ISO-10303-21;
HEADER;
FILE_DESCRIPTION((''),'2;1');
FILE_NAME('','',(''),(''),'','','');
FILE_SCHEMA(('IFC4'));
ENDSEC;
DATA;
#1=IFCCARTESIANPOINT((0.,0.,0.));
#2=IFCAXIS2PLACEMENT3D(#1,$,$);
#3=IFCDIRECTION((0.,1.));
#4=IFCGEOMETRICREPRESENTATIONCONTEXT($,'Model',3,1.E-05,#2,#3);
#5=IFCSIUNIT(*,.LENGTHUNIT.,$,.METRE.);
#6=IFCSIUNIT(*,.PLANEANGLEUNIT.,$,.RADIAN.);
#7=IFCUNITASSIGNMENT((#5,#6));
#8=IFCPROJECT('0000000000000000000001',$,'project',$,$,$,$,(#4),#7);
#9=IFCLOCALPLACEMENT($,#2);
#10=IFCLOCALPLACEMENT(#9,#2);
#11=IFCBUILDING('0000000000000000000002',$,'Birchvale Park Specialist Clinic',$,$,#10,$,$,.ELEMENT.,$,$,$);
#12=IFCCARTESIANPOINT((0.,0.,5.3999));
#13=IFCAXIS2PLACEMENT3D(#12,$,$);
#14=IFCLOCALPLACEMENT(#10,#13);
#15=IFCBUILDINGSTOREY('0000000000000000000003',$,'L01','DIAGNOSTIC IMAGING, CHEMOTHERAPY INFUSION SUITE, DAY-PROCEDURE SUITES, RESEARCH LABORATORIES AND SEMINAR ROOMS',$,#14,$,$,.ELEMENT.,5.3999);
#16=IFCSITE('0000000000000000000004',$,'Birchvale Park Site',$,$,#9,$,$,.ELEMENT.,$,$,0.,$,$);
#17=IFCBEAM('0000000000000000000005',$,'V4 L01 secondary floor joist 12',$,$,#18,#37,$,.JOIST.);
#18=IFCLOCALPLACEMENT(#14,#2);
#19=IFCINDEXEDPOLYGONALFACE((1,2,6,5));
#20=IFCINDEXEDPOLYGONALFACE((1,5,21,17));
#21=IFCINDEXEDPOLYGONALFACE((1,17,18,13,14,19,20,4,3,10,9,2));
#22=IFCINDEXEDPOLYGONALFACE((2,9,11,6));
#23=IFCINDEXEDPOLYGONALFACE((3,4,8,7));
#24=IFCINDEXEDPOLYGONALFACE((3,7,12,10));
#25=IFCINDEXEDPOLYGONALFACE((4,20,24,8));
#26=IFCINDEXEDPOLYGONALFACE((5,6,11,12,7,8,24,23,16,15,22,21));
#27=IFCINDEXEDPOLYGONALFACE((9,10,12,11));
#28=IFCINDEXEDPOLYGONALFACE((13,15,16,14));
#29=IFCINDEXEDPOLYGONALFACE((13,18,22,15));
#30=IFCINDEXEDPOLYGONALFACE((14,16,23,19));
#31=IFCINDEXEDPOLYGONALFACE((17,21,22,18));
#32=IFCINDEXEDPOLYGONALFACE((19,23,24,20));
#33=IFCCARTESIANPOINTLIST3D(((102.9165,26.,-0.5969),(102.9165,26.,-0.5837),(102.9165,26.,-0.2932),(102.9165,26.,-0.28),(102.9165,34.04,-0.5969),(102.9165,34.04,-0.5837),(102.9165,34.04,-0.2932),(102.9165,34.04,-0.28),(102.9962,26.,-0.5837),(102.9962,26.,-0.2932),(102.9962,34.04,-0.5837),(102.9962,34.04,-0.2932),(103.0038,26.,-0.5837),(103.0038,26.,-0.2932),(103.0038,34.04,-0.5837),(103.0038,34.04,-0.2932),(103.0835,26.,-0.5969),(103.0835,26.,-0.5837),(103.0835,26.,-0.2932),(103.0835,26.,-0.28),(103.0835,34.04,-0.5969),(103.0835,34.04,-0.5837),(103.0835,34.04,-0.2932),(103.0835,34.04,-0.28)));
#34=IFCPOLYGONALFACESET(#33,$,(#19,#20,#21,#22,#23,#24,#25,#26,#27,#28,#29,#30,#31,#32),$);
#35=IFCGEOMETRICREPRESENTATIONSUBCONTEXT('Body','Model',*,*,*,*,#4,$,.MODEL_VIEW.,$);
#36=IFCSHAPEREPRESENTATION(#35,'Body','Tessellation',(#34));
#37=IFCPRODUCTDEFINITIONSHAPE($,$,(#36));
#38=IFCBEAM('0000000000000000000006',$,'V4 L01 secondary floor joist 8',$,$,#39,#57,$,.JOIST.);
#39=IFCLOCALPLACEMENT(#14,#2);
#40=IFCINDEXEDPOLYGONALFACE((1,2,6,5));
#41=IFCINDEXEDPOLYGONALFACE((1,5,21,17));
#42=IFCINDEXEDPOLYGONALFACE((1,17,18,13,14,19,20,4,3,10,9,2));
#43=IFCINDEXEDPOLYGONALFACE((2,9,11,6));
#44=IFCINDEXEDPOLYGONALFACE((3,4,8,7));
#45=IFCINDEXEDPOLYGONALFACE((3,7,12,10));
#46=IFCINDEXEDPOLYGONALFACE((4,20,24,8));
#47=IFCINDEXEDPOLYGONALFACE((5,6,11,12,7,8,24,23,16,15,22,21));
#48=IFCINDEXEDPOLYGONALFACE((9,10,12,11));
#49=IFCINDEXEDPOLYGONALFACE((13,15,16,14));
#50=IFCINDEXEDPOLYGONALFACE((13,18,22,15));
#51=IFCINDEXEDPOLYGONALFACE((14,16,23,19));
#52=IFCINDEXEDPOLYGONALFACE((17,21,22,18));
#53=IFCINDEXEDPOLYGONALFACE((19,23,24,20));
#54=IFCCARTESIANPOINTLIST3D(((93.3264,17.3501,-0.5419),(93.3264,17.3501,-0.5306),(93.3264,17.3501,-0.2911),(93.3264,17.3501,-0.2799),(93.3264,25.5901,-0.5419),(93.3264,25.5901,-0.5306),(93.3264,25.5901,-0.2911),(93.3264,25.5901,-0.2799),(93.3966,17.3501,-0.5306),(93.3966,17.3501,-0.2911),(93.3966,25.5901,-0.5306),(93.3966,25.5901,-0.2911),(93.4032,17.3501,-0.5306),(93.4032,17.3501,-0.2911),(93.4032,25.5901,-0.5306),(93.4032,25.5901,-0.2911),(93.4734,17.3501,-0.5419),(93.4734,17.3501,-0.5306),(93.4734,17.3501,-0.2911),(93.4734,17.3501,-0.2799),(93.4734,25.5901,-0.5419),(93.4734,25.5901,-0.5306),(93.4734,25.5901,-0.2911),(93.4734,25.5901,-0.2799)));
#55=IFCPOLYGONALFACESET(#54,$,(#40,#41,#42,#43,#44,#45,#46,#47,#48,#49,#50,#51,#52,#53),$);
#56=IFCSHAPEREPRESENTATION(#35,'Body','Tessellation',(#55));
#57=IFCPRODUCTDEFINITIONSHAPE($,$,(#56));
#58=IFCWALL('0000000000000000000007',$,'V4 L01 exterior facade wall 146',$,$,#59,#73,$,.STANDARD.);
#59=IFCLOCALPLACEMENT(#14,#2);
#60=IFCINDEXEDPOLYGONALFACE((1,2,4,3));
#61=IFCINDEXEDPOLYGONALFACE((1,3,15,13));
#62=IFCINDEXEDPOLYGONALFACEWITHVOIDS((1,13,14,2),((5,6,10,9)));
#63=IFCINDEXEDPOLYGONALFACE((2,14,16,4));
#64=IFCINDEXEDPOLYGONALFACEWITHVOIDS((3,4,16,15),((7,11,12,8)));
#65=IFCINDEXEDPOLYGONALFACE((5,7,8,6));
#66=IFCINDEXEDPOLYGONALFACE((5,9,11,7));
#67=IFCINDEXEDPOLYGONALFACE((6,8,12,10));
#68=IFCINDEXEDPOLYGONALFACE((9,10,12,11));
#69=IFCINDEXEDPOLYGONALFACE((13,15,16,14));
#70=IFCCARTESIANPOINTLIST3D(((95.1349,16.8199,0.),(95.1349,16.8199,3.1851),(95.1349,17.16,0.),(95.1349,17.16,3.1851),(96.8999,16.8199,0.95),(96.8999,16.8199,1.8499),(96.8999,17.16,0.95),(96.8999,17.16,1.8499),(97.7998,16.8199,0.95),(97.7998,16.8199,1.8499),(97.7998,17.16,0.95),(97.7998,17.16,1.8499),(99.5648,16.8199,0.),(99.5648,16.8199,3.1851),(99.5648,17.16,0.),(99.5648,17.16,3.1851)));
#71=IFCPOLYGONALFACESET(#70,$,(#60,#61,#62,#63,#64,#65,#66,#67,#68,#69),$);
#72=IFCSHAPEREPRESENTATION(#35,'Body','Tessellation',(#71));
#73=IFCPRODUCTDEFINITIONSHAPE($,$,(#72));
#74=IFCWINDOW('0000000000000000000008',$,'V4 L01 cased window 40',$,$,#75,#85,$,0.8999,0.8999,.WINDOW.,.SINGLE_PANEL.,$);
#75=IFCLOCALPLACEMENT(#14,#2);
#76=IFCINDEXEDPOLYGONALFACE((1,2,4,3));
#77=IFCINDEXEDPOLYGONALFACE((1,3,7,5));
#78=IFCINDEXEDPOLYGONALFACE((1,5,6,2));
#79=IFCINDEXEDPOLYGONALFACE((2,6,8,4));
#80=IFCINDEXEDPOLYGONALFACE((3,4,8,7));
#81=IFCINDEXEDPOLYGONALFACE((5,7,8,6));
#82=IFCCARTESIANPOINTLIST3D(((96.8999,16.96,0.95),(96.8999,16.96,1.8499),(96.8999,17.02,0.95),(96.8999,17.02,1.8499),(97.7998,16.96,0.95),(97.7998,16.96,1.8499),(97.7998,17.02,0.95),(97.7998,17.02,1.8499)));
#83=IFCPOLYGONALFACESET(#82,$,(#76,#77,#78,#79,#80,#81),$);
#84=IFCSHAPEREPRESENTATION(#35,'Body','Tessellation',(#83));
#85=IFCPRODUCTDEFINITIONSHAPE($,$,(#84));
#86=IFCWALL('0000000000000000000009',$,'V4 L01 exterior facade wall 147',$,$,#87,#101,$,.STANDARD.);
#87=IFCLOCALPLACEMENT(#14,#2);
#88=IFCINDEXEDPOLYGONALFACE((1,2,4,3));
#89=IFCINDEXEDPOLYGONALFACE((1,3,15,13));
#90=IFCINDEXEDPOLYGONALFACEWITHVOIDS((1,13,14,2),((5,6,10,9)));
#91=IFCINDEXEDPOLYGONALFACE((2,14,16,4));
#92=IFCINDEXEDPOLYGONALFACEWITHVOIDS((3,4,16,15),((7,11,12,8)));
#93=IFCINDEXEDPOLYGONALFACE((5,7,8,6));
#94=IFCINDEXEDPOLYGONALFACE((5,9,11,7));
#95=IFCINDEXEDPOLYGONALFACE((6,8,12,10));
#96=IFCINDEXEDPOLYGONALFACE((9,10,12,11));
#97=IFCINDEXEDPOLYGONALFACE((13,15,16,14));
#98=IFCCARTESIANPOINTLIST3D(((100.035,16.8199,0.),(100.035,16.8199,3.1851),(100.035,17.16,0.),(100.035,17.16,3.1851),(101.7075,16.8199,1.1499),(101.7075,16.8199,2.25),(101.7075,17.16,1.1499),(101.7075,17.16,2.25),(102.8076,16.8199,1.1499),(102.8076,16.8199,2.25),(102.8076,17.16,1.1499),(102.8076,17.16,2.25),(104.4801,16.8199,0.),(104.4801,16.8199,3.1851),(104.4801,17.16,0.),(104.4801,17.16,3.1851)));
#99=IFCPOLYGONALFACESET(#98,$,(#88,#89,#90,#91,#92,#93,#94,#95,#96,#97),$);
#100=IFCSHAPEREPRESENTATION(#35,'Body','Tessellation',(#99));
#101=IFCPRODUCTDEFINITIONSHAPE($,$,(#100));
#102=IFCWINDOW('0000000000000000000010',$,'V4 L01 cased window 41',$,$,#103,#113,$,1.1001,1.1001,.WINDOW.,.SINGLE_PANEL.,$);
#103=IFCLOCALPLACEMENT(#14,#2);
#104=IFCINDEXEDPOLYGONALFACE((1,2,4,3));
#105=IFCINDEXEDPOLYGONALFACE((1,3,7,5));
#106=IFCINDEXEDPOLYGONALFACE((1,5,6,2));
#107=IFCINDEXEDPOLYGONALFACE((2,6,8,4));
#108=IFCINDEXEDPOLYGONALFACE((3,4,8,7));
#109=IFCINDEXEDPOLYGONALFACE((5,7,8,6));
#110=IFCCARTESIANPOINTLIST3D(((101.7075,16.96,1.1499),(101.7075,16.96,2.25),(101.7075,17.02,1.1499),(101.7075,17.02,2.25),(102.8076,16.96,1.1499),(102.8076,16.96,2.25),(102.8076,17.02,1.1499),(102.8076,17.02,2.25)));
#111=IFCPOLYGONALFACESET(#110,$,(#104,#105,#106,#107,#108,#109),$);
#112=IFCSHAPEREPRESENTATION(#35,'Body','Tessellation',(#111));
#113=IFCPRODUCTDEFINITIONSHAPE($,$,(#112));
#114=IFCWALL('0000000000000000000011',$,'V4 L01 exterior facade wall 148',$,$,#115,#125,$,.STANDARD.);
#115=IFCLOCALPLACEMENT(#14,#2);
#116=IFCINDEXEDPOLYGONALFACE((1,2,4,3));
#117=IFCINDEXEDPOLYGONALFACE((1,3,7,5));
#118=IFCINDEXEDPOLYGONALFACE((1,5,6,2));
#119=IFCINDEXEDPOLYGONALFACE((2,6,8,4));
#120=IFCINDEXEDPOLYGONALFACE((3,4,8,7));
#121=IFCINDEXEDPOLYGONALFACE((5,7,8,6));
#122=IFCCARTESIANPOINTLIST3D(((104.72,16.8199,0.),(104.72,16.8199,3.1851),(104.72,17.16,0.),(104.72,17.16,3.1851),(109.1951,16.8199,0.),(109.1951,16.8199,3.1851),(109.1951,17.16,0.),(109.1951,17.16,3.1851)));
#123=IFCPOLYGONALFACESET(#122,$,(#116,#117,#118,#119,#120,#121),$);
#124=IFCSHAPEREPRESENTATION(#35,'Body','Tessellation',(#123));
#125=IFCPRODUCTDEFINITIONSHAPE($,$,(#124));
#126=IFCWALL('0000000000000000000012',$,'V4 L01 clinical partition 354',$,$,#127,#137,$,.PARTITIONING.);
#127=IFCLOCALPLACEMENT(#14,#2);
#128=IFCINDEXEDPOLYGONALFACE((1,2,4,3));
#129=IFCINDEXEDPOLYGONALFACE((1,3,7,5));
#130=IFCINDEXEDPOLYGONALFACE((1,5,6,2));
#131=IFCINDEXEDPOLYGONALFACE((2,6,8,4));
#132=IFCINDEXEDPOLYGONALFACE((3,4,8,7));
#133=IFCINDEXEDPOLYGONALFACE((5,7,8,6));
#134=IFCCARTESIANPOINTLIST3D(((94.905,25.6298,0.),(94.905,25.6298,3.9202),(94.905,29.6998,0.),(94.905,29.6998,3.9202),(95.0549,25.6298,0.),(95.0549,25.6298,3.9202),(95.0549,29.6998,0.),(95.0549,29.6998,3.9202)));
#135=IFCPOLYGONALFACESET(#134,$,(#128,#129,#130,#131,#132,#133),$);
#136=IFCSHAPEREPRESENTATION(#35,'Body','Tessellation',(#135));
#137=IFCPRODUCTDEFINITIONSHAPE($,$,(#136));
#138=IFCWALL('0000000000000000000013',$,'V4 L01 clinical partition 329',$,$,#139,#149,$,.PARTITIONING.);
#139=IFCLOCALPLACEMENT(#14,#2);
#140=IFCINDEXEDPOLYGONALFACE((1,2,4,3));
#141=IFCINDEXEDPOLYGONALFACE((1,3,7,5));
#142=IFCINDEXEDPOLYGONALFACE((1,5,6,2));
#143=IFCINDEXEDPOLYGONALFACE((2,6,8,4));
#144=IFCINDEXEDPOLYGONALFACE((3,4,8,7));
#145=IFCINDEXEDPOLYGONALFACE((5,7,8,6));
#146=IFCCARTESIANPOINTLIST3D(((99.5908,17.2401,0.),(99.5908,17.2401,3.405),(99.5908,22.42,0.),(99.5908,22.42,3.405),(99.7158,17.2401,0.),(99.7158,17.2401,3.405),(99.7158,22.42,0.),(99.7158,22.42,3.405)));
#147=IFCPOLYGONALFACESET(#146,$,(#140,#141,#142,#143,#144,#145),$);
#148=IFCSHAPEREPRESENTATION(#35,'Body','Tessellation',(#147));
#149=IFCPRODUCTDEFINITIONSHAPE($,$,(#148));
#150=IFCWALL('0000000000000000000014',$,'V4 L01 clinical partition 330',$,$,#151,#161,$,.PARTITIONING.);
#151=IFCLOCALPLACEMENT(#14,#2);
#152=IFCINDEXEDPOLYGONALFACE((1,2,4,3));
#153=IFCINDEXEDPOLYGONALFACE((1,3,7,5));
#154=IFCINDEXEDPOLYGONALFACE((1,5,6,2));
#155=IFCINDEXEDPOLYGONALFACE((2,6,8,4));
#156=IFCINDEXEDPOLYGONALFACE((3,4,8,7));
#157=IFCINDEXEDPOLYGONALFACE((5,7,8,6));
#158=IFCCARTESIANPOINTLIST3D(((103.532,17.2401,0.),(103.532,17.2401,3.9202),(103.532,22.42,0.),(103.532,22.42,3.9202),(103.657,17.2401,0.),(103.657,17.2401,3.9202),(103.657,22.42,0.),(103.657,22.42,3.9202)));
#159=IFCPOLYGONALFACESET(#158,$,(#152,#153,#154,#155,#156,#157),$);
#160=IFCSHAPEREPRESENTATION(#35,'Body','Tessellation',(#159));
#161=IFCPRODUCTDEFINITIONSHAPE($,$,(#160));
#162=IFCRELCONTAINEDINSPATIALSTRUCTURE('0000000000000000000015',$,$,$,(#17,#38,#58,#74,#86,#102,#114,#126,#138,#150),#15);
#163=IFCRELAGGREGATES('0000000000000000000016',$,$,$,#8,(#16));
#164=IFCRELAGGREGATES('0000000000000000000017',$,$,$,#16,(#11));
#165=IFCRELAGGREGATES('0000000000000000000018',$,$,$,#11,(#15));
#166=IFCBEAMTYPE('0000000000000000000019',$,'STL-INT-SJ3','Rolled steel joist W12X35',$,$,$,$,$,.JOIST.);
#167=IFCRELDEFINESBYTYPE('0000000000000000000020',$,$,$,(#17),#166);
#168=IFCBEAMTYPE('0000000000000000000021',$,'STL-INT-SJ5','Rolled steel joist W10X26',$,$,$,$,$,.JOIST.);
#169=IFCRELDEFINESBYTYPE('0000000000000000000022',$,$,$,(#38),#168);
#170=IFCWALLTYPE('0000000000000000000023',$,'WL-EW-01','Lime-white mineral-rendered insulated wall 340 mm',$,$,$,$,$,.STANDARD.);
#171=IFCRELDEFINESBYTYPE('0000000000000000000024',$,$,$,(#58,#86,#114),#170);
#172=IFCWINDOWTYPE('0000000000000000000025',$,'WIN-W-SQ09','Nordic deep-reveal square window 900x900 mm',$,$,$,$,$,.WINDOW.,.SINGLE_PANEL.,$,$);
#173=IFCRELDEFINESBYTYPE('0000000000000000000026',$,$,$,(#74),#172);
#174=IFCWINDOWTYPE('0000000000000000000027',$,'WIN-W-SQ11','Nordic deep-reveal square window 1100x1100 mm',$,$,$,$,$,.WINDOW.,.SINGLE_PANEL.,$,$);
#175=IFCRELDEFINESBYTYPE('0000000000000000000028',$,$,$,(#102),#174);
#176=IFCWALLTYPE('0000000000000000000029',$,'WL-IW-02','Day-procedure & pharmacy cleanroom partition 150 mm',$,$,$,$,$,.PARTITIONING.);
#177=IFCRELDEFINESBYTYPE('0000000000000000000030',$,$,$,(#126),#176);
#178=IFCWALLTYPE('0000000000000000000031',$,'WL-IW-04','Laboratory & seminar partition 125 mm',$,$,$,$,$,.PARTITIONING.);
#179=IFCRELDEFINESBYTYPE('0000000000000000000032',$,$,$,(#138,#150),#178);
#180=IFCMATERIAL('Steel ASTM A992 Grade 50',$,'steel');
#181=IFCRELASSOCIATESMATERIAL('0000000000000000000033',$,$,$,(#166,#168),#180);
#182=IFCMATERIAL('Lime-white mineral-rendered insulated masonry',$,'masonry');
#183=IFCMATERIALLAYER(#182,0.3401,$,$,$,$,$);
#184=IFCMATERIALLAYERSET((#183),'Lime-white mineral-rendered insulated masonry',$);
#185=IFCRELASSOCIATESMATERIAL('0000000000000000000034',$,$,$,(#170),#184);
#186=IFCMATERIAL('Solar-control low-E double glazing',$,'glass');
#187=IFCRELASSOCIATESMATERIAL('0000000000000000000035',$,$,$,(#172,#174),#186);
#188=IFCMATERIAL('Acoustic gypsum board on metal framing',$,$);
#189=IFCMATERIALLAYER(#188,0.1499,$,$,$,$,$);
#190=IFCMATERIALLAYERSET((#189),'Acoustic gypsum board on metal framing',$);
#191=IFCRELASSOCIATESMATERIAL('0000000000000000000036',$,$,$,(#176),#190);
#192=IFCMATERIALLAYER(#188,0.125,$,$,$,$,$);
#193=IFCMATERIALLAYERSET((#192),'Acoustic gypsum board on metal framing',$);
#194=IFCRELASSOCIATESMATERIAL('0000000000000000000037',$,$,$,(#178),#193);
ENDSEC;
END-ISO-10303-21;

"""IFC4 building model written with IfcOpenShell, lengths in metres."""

from ifc_helpers import new_model, si_unit, direction, frame, frame_2d, origin, origin_2d, place, context, subcontext, project, spatial, rectangle, i_section, extrude, material, layer, layer_set, material_profile, profile_set, type_object, element, fill, save


model = new_model("IFC4")

# Units and contexts
model_context = context("Model", 3, precision=1e-05, world=origin(), true_north=direction((0.0, 1.0)))
body_context = subcontext(model_context, "Body", "Model", "MODEL_VIEW")
ifc_project = project(units=[si_unit("LENGTHUNIT", "METRE"), si_unit("PLANEANGLEUNIT", "RADIAN")], contexts=[model_context])

# Site, building, storey
site_placement = place(None, origin())
site = spatial("IfcSite", under=ifc_project, at=site_placement, Name="Birchvale Park Site", CompositionType="ELEMENT", RefElevation=0.0)
building_placement = place(site_placement, origin())
building = spatial("IfcBuilding", under=site, at=building_placement, Name="Birchvale Park Specialist Clinic", CompositionType="ELEMENT")
storey_placement = place(building_placement, frame((0.0, 0.0, 5.3999)))
storey = spatial("IfcBuildingStorey", under=building, at=storey_placement, Name="L01", Description="DIAGNOSTIC IMAGING, CHEMOTHERAPY INFUSION SUITE, DAY-PROCEDURE SUITES, RESEARCH LABORATORIES AND SEMINAR ROOMS", CompositionType="ELEMENT", Elevation=5.3999)

# Beams
ifc_material_1 = material(Name="Steel ASTM A992 Grade 50", Category="steel")
ifc_material_profile_1 = material_profile(ifc_material_1, i_section(OverallWidth=0.167, OverallDepth=0.3169, WebThickness=0.0076, FlangeThickness=0.0132, at=origin_2d()), Name="W12X35")
ifc_profile_set_1 = profile_set([ifc_material_profile_1], Name="Steel ASTM A992 Grade 50")
beam_type_1 = type_object("IfcBeamType", Name="STL-INT-SJ3", Description="Rolled steel joist W12X35", PredefinedType="JOIST", material=ifc_profile_set_1)
beam_1_placement = place(storey_placement, frame((103.0, 26.0, -0.4385), z_axis=(0.0, 1.0, 0.0), x_axis=(-1.0, 0.0, 0.0)))
element("IfcBeam", 1, at=beam_1_placement, inside=storey, type_object=beam_type_1, Name="V4 L01 secondary floor joist 12", PredefinedType="JOIST", context=body_context, shape_type="SweptSolid", body=[
    extrude(i_section(OverallWidth=0.167, OverallDepth=0.3169, WebThickness=0.0076, FlangeThickness=0.0132, at=origin_2d()), origin(), (0.0, 0.0, 1.0), 8.04),
])
ifc_material_profile_2 = material_profile(ifc_material_1, i_section(OverallWidth=0.147, OverallDepth=0.262, WebThickness=0.0066, FlangeThickness=0.0112, at=origin_2d()), Name="W10X26")
ifc_profile_set_2 = profile_set([ifc_material_profile_2], Name="Steel ASTM A992 Grade 50")
beam_type_2 = type_object("IfcBeamType", Name="STL-INT-SJ5", Description="Rolled steel joist W10X26", PredefinedType="JOIST", material=ifc_profile_set_2)
beam_2_placement = place(storey_placement, frame((93.3999, 17.3501, -0.4109), z_axis=(0.0, 1.0, 0.0), x_axis=(-1.0, 0.0, 0.0)))
element("IfcBeam", 2, at=beam_2_placement, inside=storey, type_object=beam_type_2, Name="V4 L01 secondary floor joist 8", PredefinedType="JOIST", context=body_context, shape_type="SweptSolid", body=[
    extrude(i_section(OverallWidth=0.147, OverallDepth=0.262, WebThickness=0.0066, FlangeThickness=0.0112, at=origin_2d()), origin(), (0.0, 0.0, 1.0), 8.24),
])

# Walls, openings, windows
ifc_material_2 = material(Name="Lime-white mineral-rendered insulated masonry", Category="masonry")
ifc_layer_1 = layer(ifc_material_2, 0.3401)
ifc_layer_set_1 = layer_set([ifc_layer_1], Name="Lime-white mineral-rendered insulated masonry")
wall_type_1 = type_object("IfcWallType", Name="WL-EW-01", Description="Lime-white mineral-rendered insulated wall 340 mm", PredefinedType="STANDARD", material=ifc_layer_set_1)
wall_1_placement = place(storey_placement, frame((95.135, 16.99, 0.0), z_axis=(0.0, 0.0, 1.0), x_axis=(1.0, 0.0, 0.0)))
wall_1 = element("IfcWall", 3, at=wall_1_placement, inside=storey, type_object=wall_type_1, Name="V4 L01 exterior facade wall 146", PredefinedType="STANDARD", context=body_context, shape_type="SweptSolid", body=[
    extrude(rectangle(XDim=4.4299, YDim=0.3401, at=frame_2d((2.2148, 0.0))), origin(), (0.0, 0.0, 1.0), 3.1851),
])
opening_1_placement = place(wall_1_placement, frame((1.7649, 0.0, 0.95)))
opening_1 = element("IfcOpeningElement", 4, at=opening_1_placement, cuts=wall_1, PredefinedType="OPENING", context=body_context, shape_type="SweptSolid", body=[
    extrude(rectangle(XDim=0.8999, YDim=0.8999, at=frame_2d((0.45, 0.45))), frame((0.0, 0.1802, 0.0), z_axis=(0.0, -1.0, 0.0), x_axis=(1.0, 0.0, 0.0)), (0.0, 0.0, 1.0), 0.3601),
])
ifc_material_3 = material(Name="Solar-control low-E double glazing", Category="glass")
window_type_1 = type_object("IfcWindowType", Name="WIN-W-SQ09", Description="Nordic deep-reveal square window 900x900 mm", PartitioningType="SINGLE_PANEL", PredefinedType="WINDOW", material=ifc_material_3)
window_1_placement = place(opening_1_placement, origin())
window_1 = element("IfcWindow", 5, at=window_1_placement, inside=storey, type_object=window_type_1, Name="V4 L01 cased window 40", OverallHeight=0.8999, OverallWidth=0.8999, PartitioningType="SINGLE_PANEL", PredefinedType="WINDOW", context=body_context, shape_type="SweptSolid", body=[
    extrude(rectangle(XDim=0.8999, YDim=0.8999, at=frame_2d((0.45, 0.45))), frame((0.0, 0.03, 0.0), z_axis=(0.0, -1.0, 0.0), x_axis=(1.0, 0.0, 0.0)), (0.0, 0.0, 1.0), 0.0601),
])
fill(opening_1, window_1)
wall_2_placement = place(storey_placement, frame((100.0349, 16.99, 0.0), z_axis=(0.0, 0.0, 1.0), x_axis=(1.0, 0.0, 0.0)))
wall_2 = element("IfcWall", 6, at=wall_2_placement, inside=storey, type_object=wall_type_1, Name="V4 L01 exterior facade wall 147", PredefinedType="STANDARD", context=body_context, shape_type="SweptSolid", body=[
    extrude(rectangle(XDim=4.4451, YDim=0.3401, at=frame_2d((2.2227, 0.0))), origin(), (0.0, 0.0, 1.0), 3.1851),
])
opening_2_placement = place(wall_2_placement, frame((1.6726, 0.0, 1.1499)))
opening_2 = element("IfcOpeningElement", 7, at=opening_2_placement, cuts=wall_2, PredefinedType="OPENING", context=body_context, shape_type="SweptSolid", body=[
    extrude(rectangle(XDim=1.1001, YDim=1.1001, at=frame_2d((0.55, 0.55))), frame((0.0, 0.1802, 0.0), z_axis=(0.0, -1.0, 0.0), x_axis=(1.0, 0.0, 0.0)), (0.0, 0.0, 1.0), 0.3601),
])
window_type_2 = type_object("IfcWindowType", Name="WIN-W-SQ11", Description="Nordic deep-reveal square window 1100x1100 mm", PartitioningType="SINGLE_PANEL", PredefinedType="WINDOW", material=ifc_material_3)
window_2_placement = place(opening_2_placement, origin())
window_2 = element("IfcWindow", 8, at=window_2_placement, inside=storey, type_object=window_type_2, Name="V4 L01 cased window 41", OverallHeight=1.1001, OverallWidth=1.1001, PartitioningType="SINGLE_PANEL", PredefinedType="WINDOW", context=body_context, shape_type="SweptSolid", body=[
    extrude(rectangle(XDim=1.1001, YDim=1.1001, at=frame_2d((0.55, 0.55))), frame((0.0, 0.03, 0.0), z_axis=(0.0, -1.0, 0.0), x_axis=(1.0, 0.0, 0.0)), (0.0, 0.0, 1.0), 0.0601),
])
fill(opening_2, window_2)

# Walls
wall_3_placement = place(storey_placement, frame((104.72, 16.99, 0.0), z_axis=(0.0, 0.0, 1.0), x_axis=(1.0, 0.0, 0.0)))
element("IfcWall", 9, at=wall_3_placement, inside=storey, type_object=wall_type_1, Name="V4 L01 exterior facade wall 148", PredefinedType="STANDARD", context=body_context, shape_type="SweptSolid", body=[
    extrude(rectangle(XDim=4.4751, YDim=0.3401, at=frame_2d((2.2375, 0.0))), origin(), (0.0, 0.0, 1.0), 3.1851),
])
ifc_material_4 = material(Name="Acoustic gypsum board on metal framing")
ifc_layer_2 = layer(ifc_material_4, 0.1499)
ifc_layer_set_2 = layer_set([ifc_layer_2], Name="Acoustic gypsum board on metal framing")
wall_type_2 = type_object("IfcWallType", Name="WL-IW-02", Description="Day-procedure & pharmacy cleanroom partition 150 mm", PredefinedType="PARTITIONING", material=ifc_layer_set_2)
wall_4_placement = place(storey_placement, frame((94.98, 29.7, 0.0), z_axis=(0.0, 0.0, 1.0), x_axis=(0.0, -1.0, 0.0)))
element("IfcWall", 10, at=wall_4_placement, inside=storey, type_object=wall_type_2, Name="V4 L01 clinical partition 354", PredefinedType="PARTITIONING", context=body_context, shape_type="SweptSolid", body=[
    extrude(rectangle(XDim=4.0701, YDim=0.1499, at=frame_2d((2.0352, 0.0))), origin(), (0.0, 0.0, 1.0), 3.9202),
])
ifc_layer_3 = layer(ifc_material_4, 0.125)
ifc_layer_set_3 = layer_set([ifc_layer_3], Name="Acoustic gypsum board on metal framing")
wall_type_3 = type_object("IfcWallType", Name="WL-IW-04", Description="Laboratory & seminar partition 125 mm", PredefinedType="PARTITIONING", material=ifc_layer_set_3)
wall_5_placement = place(storey_placement, frame((99.6533, 22.4199, 0.0), z_axis=(0.0, 0.0, 1.0), x_axis=(0.0, -1.0, 0.0)))
element("IfcWall", 11, at=wall_5_placement, inside=storey, type_object=wall_type_3, Name="V4 L01 clinical partition 329", PredefinedType="PARTITIONING", context=body_context, shape_type="SweptSolid", body=[
    extrude(rectangle(XDim=5.1799, YDim=0.125, at=frame_2d((2.5898, 0.0))), origin(), (0.0, 0.0, 1.0), 3.405),
])
wall_6_placement = place(storey_placement, frame((103.5945, 22.4199, 0.0), z_axis=(0.0, 0.0, 1.0), x_axis=(0.0, -1.0, 0.0)))
element("IfcWall", 12, at=wall_6_placement, inside=storey, type_object=wall_type_3, Name="V4 L01 clinical partition 330", PredefinedType="PARTITIONING", context=body_context, shape_type="SweptSolid", body=[
    extrude(rectangle(XDim=5.1799, YDim=0.125, at=frame_2d((2.5898, 0.0))), origin(), (0.0, 0.0, 1.0), 3.9202),
])

save(model, "model.ifc")
